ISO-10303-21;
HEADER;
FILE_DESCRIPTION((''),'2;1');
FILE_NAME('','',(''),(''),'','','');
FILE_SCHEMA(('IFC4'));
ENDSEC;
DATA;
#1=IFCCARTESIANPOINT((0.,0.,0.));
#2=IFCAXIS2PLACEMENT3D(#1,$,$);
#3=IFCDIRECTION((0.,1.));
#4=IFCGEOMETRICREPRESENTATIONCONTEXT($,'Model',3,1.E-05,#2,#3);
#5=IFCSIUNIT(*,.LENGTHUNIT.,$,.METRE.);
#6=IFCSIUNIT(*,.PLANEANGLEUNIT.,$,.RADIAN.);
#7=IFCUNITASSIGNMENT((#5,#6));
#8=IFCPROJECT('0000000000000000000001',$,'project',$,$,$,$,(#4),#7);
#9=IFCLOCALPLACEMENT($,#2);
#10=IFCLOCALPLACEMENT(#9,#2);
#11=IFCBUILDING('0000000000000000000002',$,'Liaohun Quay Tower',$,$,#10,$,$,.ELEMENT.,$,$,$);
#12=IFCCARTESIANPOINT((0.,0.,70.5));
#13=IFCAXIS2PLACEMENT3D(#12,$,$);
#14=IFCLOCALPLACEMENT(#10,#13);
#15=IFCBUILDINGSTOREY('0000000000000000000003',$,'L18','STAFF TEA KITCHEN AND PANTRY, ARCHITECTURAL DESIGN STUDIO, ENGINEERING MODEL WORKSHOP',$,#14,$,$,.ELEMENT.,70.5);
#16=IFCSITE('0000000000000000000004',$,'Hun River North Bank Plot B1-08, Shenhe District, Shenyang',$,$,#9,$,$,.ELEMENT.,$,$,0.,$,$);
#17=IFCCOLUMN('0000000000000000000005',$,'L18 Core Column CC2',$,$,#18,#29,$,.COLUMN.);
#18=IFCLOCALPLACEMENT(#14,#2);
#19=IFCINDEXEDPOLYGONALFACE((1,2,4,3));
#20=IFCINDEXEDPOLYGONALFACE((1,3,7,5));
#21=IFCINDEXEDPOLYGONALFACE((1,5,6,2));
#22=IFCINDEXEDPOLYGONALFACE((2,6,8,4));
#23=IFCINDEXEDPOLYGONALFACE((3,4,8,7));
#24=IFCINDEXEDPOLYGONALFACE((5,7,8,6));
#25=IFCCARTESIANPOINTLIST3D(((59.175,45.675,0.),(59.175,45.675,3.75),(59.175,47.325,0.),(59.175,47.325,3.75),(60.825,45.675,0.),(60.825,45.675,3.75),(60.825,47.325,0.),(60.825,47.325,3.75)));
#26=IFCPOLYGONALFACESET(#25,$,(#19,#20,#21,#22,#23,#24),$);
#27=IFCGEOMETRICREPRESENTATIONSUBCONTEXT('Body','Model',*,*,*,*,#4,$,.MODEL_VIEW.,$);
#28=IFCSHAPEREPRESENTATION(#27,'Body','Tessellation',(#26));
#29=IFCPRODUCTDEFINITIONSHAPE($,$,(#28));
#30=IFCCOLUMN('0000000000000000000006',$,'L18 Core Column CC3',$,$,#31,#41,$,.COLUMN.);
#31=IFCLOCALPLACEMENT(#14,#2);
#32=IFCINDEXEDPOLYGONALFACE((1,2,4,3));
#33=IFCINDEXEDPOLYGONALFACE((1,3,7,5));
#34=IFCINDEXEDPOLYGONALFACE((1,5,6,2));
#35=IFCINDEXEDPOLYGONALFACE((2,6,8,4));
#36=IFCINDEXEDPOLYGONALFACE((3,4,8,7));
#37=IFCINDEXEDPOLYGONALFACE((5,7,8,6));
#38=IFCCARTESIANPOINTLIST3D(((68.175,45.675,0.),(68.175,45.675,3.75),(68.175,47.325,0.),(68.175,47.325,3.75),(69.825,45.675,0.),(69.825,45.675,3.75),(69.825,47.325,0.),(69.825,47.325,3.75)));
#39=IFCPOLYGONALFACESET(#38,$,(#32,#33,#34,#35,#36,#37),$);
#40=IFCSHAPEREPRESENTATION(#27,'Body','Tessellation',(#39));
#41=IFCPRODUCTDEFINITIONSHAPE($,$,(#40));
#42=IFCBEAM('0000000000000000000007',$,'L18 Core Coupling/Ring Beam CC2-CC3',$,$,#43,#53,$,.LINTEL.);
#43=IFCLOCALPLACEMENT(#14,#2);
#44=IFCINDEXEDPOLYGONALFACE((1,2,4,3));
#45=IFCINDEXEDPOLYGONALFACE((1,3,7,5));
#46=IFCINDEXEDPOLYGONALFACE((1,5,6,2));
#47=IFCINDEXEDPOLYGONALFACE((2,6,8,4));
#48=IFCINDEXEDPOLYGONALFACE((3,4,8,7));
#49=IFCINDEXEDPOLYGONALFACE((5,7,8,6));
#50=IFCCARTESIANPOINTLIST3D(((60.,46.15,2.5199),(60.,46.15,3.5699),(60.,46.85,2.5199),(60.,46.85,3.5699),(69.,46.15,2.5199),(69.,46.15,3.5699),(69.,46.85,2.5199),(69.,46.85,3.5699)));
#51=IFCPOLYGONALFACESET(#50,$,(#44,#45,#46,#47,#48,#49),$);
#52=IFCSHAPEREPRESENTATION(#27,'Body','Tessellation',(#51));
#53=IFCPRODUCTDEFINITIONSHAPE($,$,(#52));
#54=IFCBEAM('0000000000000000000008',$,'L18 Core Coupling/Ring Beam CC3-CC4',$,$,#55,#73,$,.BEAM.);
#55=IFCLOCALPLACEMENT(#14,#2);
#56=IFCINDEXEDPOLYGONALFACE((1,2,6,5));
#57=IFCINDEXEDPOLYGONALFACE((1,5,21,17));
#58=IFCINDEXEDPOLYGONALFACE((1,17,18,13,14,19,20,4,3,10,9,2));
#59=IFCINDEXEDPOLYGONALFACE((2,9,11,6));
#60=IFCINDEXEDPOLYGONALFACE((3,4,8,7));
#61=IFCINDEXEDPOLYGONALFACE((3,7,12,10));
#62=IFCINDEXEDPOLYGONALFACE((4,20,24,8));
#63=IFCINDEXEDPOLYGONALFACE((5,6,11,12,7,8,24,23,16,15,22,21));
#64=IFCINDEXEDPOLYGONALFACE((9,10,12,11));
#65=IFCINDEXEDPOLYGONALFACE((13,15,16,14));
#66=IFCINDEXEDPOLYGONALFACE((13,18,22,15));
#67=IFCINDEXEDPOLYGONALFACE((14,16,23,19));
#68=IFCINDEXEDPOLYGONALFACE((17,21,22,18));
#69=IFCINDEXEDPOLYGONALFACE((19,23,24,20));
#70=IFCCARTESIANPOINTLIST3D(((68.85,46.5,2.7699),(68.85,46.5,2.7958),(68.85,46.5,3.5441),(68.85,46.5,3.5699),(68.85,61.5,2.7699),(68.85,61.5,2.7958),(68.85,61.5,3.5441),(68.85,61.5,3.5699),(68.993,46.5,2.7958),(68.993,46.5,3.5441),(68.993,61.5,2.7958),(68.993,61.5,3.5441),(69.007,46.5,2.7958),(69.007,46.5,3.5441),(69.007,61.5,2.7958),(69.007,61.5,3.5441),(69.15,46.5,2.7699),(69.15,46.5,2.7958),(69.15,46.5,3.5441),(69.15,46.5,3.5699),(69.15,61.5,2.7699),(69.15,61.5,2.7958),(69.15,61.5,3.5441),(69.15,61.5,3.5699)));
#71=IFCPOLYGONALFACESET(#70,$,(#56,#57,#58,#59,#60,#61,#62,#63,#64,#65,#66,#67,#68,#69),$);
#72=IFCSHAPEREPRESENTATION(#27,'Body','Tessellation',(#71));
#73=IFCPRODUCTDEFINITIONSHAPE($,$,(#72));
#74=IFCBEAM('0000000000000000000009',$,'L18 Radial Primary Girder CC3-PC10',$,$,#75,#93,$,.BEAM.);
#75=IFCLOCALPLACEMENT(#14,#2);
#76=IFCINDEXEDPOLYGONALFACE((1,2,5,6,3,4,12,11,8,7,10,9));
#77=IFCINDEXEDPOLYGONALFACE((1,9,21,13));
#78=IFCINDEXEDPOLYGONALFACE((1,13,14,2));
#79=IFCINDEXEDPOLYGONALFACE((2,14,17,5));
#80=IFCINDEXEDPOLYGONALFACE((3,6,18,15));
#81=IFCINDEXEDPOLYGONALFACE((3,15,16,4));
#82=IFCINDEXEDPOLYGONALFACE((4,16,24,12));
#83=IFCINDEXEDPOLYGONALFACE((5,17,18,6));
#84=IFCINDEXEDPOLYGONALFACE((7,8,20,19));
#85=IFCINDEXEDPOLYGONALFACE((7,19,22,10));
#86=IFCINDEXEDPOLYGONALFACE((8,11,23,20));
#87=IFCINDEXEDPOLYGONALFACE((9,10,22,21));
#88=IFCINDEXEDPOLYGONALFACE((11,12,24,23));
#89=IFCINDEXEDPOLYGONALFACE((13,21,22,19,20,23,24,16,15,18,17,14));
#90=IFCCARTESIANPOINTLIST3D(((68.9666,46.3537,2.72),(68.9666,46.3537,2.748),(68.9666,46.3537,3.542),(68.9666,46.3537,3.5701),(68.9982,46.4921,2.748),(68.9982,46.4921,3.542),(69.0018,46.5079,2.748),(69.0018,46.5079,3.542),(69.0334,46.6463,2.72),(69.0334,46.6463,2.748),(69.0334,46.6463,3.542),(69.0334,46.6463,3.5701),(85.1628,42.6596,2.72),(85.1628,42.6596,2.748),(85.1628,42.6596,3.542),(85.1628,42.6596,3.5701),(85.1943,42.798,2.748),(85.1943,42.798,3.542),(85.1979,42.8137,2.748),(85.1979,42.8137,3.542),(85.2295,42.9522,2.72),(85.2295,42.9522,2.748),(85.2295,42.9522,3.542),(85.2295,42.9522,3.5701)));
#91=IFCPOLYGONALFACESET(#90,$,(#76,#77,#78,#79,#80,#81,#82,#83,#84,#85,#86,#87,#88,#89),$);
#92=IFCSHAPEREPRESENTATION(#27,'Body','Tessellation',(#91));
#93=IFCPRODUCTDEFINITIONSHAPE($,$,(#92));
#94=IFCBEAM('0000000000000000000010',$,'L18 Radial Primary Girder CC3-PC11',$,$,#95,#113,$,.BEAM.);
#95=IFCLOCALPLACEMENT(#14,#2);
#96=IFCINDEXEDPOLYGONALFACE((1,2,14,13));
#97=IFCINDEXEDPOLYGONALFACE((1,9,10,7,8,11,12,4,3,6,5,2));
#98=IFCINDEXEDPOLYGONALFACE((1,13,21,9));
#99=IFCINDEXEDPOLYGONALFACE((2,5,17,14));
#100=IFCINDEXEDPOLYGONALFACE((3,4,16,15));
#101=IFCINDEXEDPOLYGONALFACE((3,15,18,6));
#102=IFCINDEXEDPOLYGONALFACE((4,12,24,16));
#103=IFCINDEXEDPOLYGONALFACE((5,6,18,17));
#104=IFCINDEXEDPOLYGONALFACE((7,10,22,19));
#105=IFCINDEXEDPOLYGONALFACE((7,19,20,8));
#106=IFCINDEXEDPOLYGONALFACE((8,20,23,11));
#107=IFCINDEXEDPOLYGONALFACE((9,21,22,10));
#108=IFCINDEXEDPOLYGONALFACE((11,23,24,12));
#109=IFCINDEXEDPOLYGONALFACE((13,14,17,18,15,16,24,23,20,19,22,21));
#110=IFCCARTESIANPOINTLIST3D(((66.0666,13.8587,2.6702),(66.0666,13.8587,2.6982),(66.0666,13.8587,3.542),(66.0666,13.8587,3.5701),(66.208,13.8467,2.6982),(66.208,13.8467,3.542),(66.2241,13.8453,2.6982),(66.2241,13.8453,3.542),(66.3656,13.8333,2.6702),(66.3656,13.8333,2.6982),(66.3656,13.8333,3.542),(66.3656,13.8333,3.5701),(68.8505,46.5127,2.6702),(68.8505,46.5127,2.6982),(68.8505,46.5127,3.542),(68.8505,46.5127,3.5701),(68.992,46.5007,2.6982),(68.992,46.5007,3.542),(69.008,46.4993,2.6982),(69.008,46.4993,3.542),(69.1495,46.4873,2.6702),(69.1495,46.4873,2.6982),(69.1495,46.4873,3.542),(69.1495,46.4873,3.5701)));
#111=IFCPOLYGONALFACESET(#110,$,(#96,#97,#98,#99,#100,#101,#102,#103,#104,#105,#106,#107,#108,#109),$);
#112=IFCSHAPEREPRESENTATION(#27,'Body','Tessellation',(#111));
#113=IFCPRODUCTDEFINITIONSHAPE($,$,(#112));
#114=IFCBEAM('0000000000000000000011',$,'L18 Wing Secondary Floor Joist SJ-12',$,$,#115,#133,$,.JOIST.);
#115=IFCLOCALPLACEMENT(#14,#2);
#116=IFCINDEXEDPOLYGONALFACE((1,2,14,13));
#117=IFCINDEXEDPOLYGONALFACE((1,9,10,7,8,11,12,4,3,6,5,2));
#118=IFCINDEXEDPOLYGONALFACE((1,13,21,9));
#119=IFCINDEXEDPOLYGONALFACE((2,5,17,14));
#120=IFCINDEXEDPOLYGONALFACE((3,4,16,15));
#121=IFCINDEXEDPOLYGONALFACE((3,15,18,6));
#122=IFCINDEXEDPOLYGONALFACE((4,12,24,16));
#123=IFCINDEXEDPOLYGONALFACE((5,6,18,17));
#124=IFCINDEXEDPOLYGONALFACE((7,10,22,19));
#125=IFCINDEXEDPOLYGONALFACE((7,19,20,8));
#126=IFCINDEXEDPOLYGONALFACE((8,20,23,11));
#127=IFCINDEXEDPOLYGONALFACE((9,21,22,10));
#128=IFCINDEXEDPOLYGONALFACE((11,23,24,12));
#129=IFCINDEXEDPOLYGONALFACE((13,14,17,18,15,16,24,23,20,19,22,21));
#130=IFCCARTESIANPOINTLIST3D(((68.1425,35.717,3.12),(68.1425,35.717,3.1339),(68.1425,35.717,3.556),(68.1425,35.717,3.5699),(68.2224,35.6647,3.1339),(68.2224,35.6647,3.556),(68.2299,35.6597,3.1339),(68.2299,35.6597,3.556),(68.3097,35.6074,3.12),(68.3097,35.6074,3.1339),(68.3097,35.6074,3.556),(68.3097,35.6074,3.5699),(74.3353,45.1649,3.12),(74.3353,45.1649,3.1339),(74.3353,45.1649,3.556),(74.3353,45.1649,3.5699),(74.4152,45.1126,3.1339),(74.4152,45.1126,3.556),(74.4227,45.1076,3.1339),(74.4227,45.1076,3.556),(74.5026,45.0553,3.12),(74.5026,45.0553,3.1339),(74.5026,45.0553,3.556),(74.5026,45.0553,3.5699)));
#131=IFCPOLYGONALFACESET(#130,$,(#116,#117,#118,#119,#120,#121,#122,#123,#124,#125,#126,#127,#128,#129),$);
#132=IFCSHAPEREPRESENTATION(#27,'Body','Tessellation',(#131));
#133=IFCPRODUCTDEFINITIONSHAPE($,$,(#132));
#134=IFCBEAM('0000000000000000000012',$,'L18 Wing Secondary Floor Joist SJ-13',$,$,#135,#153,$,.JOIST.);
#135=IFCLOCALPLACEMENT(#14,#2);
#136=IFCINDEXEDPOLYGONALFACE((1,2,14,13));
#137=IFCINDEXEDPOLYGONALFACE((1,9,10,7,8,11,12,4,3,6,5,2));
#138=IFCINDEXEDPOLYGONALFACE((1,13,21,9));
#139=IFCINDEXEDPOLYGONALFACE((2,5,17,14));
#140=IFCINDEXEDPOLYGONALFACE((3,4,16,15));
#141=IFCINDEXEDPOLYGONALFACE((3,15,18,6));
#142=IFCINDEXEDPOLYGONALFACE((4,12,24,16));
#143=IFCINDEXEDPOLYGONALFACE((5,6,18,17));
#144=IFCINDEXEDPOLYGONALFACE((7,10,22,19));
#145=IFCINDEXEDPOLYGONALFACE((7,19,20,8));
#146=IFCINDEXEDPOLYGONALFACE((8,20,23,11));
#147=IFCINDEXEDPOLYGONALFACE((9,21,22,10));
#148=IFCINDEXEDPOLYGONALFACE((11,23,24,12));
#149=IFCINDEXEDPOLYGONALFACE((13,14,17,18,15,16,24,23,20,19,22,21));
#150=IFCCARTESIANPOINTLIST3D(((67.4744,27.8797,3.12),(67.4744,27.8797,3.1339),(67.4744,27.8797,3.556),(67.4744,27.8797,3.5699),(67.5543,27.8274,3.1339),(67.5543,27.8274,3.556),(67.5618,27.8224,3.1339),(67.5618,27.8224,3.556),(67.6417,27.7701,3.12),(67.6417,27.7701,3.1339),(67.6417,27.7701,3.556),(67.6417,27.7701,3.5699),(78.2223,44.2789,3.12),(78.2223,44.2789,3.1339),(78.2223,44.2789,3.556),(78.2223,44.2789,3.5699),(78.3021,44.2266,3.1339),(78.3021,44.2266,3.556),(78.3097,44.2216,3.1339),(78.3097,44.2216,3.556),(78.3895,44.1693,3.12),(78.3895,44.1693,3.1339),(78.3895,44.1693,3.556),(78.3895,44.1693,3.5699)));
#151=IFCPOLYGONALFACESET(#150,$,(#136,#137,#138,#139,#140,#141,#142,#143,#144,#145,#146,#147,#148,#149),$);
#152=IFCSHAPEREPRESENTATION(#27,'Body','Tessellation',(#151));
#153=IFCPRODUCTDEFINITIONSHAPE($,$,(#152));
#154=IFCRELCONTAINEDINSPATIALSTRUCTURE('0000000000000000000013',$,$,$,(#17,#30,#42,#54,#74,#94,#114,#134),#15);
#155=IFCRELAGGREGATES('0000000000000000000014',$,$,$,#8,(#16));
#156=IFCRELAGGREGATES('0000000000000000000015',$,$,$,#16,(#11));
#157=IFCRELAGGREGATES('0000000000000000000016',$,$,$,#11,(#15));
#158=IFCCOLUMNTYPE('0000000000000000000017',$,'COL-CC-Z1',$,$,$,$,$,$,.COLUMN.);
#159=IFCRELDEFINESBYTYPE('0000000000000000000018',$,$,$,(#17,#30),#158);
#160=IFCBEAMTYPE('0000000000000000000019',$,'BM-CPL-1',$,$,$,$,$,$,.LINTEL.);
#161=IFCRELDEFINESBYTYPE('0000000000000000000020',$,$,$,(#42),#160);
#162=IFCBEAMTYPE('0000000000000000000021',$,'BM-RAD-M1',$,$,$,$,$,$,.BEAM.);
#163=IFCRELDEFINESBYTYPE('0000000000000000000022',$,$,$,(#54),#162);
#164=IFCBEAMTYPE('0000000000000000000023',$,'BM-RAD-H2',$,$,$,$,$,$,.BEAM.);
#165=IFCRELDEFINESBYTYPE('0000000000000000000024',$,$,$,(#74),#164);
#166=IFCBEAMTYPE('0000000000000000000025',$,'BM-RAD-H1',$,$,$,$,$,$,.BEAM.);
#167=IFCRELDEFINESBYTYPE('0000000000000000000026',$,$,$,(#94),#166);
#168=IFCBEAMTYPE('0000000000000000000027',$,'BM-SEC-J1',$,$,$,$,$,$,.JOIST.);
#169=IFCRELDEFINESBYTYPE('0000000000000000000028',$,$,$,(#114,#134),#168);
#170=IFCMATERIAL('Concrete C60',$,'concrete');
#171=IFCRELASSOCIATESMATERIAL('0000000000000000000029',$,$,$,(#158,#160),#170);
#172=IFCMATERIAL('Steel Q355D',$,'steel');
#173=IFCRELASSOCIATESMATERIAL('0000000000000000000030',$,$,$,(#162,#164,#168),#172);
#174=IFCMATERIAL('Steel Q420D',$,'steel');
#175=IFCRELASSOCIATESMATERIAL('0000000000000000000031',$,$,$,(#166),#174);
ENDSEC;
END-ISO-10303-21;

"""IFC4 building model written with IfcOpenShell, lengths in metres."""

from ifc_helpers import new_model, si_unit, direction, frame, origin, origin_2d, place, context, subcontext, project, spatial, rectangle, i_section, extrude, source, transform, mapped, material, material_profile, profile_set, type_object, element, save


model = new_model("IFC4")

# Units and contexts
model_context = context("Model", 3, precision=1e-05, world=origin(), true_north=direction((0.0, 1.0)))
body_context = subcontext(model_context, "Body", "Model", "MODEL_VIEW")
ifc_project = project(units=[si_unit("LENGTHUNIT", "METRE"), si_unit("PLANEANGLEUNIT", "RADIAN")], contexts=[model_context])

# Site, building, storey
site_placement = place(None, origin())
site = spatial("IfcSite", under=ifc_project, at=site_placement, Name="Hun River North Bank Plot B1-08, Shenhe District, Shenyang", CompositionType="ELEMENT", RefElevation=0.0)
building_placement = place(site_placement, origin())
building = spatial("IfcBuilding", under=site, at=building_placement, Name="Liaohun Quay Tower", CompositionType="ELEMENT")
storey_placement = place(building_placement, frame((0.0, 0.0, 70.5)))
storey = spatial("IfcBuildingStorey", under=building, at=storey_placement, Name="L18", Description="STAFF TEA KITCHEN AND PANTRY, ARCHITECTURAL DESIGN STUDIO, ENGINEERING MODEL WORKSHOP", CompositionType="ELEMENT", Elevation=70.5)

# Columns
ifc_material_1 = material(Name="Concrete C60", Category="concrete")
ifc_material_profile_1 = material_profile(ifc_material_1, rectangle(XDim=1.6499, YDim=1.6499, at=origin_2d()), Name="RC1650x1650")
ifc_profile_set_1 = profile_set([ifc_material_profile_1], Name="Concrete C60")
column_type = type_object("IfcColumnType", Name="COL-CC-Z1", PredefinedType="COLUMN", material=ifc_profile_set_1)
shared_shape_1 = source(origin(), body_context, "Body", "SweptSolid", [
    extrude(rectangle(XDim=1.6499, YDim=1.6499, at=origin_2d()), origin(), (0.0, 0.0, 1.0), 3.75),
])
for number, where, z_axis, x_axis, name in (
    (1, (60.0, 46.5, 0.0), (0.0, 0.0, 1.0), (1.0, 0.0, 0.0), "L18 Core Column CC2"),
    (2, (69.0, 46.5, 0.0), (0.0, 0.0, 1.0), (1.0, 0.0, 0.0), "L18 Core Column CC3"),
):
    element("IfcColumn", number, at=place(storey_placement, frame(where, z_axis=z_axis, x_axis=x_axis)), inside=storey, type_object=column_type, Name=name, PredefinedType="COLUMN", context=body_context, shape_type="MappedRepresentation", body=[
        mapped(shared_shape_1, transform((0.0, 0.0, 0.0), x_axis=(1.0, 0.0, 0.0), y_axis=(0.0, 1.0, 0.0), z_axis=(0.0, 0.0, 1.0), scale=1.0)),
    ])

# Beams
ifc_material_profile_2 = material_profile(ifc_material_1, rectangle(XDim=0.7, YDim=1.05, at=origin_2d()), Name="RC700x1050")
ifc_profile_set_2 = profile_set([ifc_material_profile_2], Name="Concrete C60")
beam_type_1 = type_object("IfcBeamType", Name="BM-CPL-1", PredefinedType="LINTEL", material=ifc_profile_set_2)
shared_shape_2 = source(origin(), body_context, "Body", "SweptSolid", [
    extrude(rectangle(XDim=0.7, YDim=1.05, at=origin_2d()), origin(), (0.0, 0.0, 1.0), 9.0),
])
beam_1_placement = place(storey_placement, frame((60.0, 46.5, 3.0449), z_axis=(1.0, 0.0, 0.0), x_axis=(0.0, 1.0, 0.0)))
element("IfcBeam", 3, at=beam_1_placement, inside=storey, type_object=beam_type_1, Name="L18 Core Coupling/Ring Beam CC2-CC3", PredefinedType="LINTEL", context=body_context, shape_type="MappedRepresentation", body=[
    mapped(shared_shape_2, transform((0.0, 0.0, 0.0), x_axis=(1.0, 0.0, 0.0), y_axis=(0.0, 1.0, 0.0), z_axis=(0.0, 0.0, 1.0), scale=1.0)),
])
ifc_material_2 = material(Name="Steel Q355D", Category="steel")
ifc_material_profile_3 = material_profile(ifc_material_2, i_section(OverallWidth=0.3, OverallDepth=0.8, WebThickness=0.0139, FlangeThickness=0.0259, at=origin_2d()), Name="HN800x300x14x26")
ifc_profile_set_3 = profile_set([ifc_material_profile_3], Name="Steel Q355D")
beam_type_2 = type_object("IfcBeamType", Name="BM-RAD-M1", PredefinedType="BEAM", material=ifc_profile_set_3)
shared_shape_3 = source(origin(), body_context, "Body", "SweptSolid", [
    extrude(i_section(OverallWidth=0.3, OverallDepth=0.8, WebThickness=0.0139, FlangeThickness=0.0259, at=origin_2d()), origin(), (0.0, 0.0, 1.0), 15.0),
])
beam_2_placement = place(storey_placement, frame((69.0, 46.5, 3.1699), z_axis=(0.0, 1.0, 0.0), x_axis=(-1.0, 0.0, 0.0)))
element("IfcBeam", 4, at=beam_2_placement, inside=storey, type_object=beam_type_2, Name="L18 Core Coupling/Ring Beam CC3-CC4", PredefinedType="BEAM", context=body_context, shape_type="MappedRepresentation", body=[
    mapped(shared_shape_3, transform((0.0, 0.0, 0.0), x_axis=(1.0, 0.0, 0.0), y_axis=(0.0, 1.0, 0.0), z_axis=(0.0, 0.0, 1.0), scale=1.0)),
])
ifc_material_profile_4 = material_profile(ifc_material_2, i_section(OverallWidth=0.3, OverallDepth=0.8501, WebThickness=0.0161, FlangeThickness=0.0281, at=origin_2d()), Name="HN850x300x16x28")
ifc_profile_set_4 = profile_set([ifc_material_profile_4], Name="Steel Q355D")
beam_type_3 = type_object("IfcBeamType", Name="BM-RAD-H2", PredefinedType="BEAM", material=ifc_profile_set_4)
shared_shape_4 = source(origin(), body_context, "Body", "SweptSolid", [
    extrude(i_section(OverallWidth=0.3, OverallDepth=0.8501, WebThickness=0.0161, FlangeThickness=0.0281, at=origin_2d()), origin(), (0.0, 0.0, 1.0), 16.6121),
])
beam_3_placement = place(storey_placement, frame((69.0, 46.5, 3.145), z_axis=(0.974961, -0.222375, 0.0), x_axis=(0.222375, 0.974961, 0.0)))
element("IfcBeam", 5, at=beam_3_placement, inside=storey, type_object=beam_type_3, Name="L18 Radial Primary Girder CC3-PC10", PredefinedType="BEAM", context=body_context, shape_type="MappedRepresentation", body=[
    mapped(shared_shape_4, transform((0.0, 0.0, 0.0), x_axis=(1.0, 0.0, 0.0), y_axis=(0.0, 1.0, 0.0), z_axis=(0.0, 0.0, 1.0), scale=1.0)),
])
ifc_material_3 = material(Name="Steel Q420D", Category="steel")
ifc_material_profile_5 = material_profile(ifc_material_3, i_section(OverallWidth=0.3, OverallDepth=0.8999, WebThickness=0.0161, FlangeThickness=0.0281, at=origin_2d()), Name="HN900x300x16x28")
ifc_profile_set_5 = profile_set([ifc_material_profile_5], Name="Steel Q420D")
beam_type_4 = type_object("IfcBeamType", Name="BM-RAD-H1", PredefinedType="BEAM", material=ifc_profile_set_5)
shared_shape_5 = source(origin(), body_context, "Body", "SweptSolid", [
    extrude(i_section(OverallWidth=0.3, OverallDepth=0.8999, WebThickness=0.0161, FlangeThickness=0.0281, at=origin_2d()), origin(), (0.0, 0.0, 1.0), 32.7725),
])
beam_4_placement = place(storey_placement, frame((69.0, 46.5, 3.1201), z_axis=(-0.084947, -0.996385, 0.0), x_axis=(0.996385, -0.084947, 0.0)))
element("IfcBeam", 6, at=beam_4_placement, inside=storey, type_object=beam_type_4, Name="L18 Radial Primary Girder CC3-PC11", PredefinedType="BEAM", context=body_context, shape_type="MappedRepresentation", body=[
    mapped(shared_shape_5, transform((0.0, 0.0, 0.0), x_axis=(1.0, 0.0, 0.0), y_axis=(0.0, 1.0, 0.0), z_axis=(0.0, 0.0, 1.0), scale=1.0)),
])
ifc_material_profile_6 = material_profile(ifc_material_2, i_section(OverallWidth=0.2, OverallDepth=0.45, WebThickness=0.009, FlangeThickness=0.0139, at=origin_2d()), Name="HN450x200x9x14")
ifc_profile_set_6 = profile_set([ifc_material_profile_6], Name="Steel Q355D")
beam_type_5 = type_object("IfcBeamType", Name="BM-SEC-J1", PredefinedType="JOIST", material=ifc_profile_set_6)
shared_shape_6 = source(origin(), body_context, "Body", "SweptSolid", [
    extrude(i_section(OverallWidth=0.2, OverallDepth=0.45, WebThickness=0.009, FlangeThickness=0.0139, at=origin_2d()), origin(), (0.0, 0.0, 1.0), 11.2966),
])
beam_5_placement = place(storey_placement, frame((74.4189, 45.1101, 3.345), z_axis=(-0.5482, -0.836347, 0.0), x_axis=(0.836347, -0.5482, 0.0)))
element("IfcBeam", 7, at=beam_5_placement, inside=storey, type_object=beam_type_5, Name="L18 Wing Secondary Floor Joist SJ-12", PredefinedType="JOIST", context=body_context, shape_type="MappedRepresentation", body=[
    mapped(shared_shape_6, transform((0.0, 0.0, 0.0), x_axis=(1.0, 0.0, 0.0), y_axis=(0.0, 1.0, 0.0), z_axis=(0.0, 0.0, 1.0), scale=1.0)),
])
shared_shape_7 = source(origin(), body_context, "Body", "SweptSolid", [
    extrude(i_section(OverallWidth=0.2, OverallDepth=0.45, WebThickness=0.009, FlangeThickness=0.0139, at=origin_2d()), origin(), (0.0, 0.0, 1.0), 19.6074),
])
beam_6_placement = place(storey_placement, frame((78.3059, 44.2241, 3.345), z_axis=(-0.548152, -0.836379, 0.0), x_axis=(0.836379, -0.548152, 0.0)))
element("IfcBeam", 8, at=beam_6_placement, inside=storey, type_object=beam_type_5, Name="L18 Wing Secondary Floor Joist SJ-13", PredefinedType="JOIST", context=body_context, shape_type="MappedRepresentation", body=[
    mapped(shared_shape_7, transform((0.0, 0.0, 0.0), x_axis=(1.0, 0.0, 0.0), y_axis=(0.0, 1.0, 0.0), z_axis=(0.0, 0.0, 1.0), scale=1.0)),
])

save(model, "model.ifc")
